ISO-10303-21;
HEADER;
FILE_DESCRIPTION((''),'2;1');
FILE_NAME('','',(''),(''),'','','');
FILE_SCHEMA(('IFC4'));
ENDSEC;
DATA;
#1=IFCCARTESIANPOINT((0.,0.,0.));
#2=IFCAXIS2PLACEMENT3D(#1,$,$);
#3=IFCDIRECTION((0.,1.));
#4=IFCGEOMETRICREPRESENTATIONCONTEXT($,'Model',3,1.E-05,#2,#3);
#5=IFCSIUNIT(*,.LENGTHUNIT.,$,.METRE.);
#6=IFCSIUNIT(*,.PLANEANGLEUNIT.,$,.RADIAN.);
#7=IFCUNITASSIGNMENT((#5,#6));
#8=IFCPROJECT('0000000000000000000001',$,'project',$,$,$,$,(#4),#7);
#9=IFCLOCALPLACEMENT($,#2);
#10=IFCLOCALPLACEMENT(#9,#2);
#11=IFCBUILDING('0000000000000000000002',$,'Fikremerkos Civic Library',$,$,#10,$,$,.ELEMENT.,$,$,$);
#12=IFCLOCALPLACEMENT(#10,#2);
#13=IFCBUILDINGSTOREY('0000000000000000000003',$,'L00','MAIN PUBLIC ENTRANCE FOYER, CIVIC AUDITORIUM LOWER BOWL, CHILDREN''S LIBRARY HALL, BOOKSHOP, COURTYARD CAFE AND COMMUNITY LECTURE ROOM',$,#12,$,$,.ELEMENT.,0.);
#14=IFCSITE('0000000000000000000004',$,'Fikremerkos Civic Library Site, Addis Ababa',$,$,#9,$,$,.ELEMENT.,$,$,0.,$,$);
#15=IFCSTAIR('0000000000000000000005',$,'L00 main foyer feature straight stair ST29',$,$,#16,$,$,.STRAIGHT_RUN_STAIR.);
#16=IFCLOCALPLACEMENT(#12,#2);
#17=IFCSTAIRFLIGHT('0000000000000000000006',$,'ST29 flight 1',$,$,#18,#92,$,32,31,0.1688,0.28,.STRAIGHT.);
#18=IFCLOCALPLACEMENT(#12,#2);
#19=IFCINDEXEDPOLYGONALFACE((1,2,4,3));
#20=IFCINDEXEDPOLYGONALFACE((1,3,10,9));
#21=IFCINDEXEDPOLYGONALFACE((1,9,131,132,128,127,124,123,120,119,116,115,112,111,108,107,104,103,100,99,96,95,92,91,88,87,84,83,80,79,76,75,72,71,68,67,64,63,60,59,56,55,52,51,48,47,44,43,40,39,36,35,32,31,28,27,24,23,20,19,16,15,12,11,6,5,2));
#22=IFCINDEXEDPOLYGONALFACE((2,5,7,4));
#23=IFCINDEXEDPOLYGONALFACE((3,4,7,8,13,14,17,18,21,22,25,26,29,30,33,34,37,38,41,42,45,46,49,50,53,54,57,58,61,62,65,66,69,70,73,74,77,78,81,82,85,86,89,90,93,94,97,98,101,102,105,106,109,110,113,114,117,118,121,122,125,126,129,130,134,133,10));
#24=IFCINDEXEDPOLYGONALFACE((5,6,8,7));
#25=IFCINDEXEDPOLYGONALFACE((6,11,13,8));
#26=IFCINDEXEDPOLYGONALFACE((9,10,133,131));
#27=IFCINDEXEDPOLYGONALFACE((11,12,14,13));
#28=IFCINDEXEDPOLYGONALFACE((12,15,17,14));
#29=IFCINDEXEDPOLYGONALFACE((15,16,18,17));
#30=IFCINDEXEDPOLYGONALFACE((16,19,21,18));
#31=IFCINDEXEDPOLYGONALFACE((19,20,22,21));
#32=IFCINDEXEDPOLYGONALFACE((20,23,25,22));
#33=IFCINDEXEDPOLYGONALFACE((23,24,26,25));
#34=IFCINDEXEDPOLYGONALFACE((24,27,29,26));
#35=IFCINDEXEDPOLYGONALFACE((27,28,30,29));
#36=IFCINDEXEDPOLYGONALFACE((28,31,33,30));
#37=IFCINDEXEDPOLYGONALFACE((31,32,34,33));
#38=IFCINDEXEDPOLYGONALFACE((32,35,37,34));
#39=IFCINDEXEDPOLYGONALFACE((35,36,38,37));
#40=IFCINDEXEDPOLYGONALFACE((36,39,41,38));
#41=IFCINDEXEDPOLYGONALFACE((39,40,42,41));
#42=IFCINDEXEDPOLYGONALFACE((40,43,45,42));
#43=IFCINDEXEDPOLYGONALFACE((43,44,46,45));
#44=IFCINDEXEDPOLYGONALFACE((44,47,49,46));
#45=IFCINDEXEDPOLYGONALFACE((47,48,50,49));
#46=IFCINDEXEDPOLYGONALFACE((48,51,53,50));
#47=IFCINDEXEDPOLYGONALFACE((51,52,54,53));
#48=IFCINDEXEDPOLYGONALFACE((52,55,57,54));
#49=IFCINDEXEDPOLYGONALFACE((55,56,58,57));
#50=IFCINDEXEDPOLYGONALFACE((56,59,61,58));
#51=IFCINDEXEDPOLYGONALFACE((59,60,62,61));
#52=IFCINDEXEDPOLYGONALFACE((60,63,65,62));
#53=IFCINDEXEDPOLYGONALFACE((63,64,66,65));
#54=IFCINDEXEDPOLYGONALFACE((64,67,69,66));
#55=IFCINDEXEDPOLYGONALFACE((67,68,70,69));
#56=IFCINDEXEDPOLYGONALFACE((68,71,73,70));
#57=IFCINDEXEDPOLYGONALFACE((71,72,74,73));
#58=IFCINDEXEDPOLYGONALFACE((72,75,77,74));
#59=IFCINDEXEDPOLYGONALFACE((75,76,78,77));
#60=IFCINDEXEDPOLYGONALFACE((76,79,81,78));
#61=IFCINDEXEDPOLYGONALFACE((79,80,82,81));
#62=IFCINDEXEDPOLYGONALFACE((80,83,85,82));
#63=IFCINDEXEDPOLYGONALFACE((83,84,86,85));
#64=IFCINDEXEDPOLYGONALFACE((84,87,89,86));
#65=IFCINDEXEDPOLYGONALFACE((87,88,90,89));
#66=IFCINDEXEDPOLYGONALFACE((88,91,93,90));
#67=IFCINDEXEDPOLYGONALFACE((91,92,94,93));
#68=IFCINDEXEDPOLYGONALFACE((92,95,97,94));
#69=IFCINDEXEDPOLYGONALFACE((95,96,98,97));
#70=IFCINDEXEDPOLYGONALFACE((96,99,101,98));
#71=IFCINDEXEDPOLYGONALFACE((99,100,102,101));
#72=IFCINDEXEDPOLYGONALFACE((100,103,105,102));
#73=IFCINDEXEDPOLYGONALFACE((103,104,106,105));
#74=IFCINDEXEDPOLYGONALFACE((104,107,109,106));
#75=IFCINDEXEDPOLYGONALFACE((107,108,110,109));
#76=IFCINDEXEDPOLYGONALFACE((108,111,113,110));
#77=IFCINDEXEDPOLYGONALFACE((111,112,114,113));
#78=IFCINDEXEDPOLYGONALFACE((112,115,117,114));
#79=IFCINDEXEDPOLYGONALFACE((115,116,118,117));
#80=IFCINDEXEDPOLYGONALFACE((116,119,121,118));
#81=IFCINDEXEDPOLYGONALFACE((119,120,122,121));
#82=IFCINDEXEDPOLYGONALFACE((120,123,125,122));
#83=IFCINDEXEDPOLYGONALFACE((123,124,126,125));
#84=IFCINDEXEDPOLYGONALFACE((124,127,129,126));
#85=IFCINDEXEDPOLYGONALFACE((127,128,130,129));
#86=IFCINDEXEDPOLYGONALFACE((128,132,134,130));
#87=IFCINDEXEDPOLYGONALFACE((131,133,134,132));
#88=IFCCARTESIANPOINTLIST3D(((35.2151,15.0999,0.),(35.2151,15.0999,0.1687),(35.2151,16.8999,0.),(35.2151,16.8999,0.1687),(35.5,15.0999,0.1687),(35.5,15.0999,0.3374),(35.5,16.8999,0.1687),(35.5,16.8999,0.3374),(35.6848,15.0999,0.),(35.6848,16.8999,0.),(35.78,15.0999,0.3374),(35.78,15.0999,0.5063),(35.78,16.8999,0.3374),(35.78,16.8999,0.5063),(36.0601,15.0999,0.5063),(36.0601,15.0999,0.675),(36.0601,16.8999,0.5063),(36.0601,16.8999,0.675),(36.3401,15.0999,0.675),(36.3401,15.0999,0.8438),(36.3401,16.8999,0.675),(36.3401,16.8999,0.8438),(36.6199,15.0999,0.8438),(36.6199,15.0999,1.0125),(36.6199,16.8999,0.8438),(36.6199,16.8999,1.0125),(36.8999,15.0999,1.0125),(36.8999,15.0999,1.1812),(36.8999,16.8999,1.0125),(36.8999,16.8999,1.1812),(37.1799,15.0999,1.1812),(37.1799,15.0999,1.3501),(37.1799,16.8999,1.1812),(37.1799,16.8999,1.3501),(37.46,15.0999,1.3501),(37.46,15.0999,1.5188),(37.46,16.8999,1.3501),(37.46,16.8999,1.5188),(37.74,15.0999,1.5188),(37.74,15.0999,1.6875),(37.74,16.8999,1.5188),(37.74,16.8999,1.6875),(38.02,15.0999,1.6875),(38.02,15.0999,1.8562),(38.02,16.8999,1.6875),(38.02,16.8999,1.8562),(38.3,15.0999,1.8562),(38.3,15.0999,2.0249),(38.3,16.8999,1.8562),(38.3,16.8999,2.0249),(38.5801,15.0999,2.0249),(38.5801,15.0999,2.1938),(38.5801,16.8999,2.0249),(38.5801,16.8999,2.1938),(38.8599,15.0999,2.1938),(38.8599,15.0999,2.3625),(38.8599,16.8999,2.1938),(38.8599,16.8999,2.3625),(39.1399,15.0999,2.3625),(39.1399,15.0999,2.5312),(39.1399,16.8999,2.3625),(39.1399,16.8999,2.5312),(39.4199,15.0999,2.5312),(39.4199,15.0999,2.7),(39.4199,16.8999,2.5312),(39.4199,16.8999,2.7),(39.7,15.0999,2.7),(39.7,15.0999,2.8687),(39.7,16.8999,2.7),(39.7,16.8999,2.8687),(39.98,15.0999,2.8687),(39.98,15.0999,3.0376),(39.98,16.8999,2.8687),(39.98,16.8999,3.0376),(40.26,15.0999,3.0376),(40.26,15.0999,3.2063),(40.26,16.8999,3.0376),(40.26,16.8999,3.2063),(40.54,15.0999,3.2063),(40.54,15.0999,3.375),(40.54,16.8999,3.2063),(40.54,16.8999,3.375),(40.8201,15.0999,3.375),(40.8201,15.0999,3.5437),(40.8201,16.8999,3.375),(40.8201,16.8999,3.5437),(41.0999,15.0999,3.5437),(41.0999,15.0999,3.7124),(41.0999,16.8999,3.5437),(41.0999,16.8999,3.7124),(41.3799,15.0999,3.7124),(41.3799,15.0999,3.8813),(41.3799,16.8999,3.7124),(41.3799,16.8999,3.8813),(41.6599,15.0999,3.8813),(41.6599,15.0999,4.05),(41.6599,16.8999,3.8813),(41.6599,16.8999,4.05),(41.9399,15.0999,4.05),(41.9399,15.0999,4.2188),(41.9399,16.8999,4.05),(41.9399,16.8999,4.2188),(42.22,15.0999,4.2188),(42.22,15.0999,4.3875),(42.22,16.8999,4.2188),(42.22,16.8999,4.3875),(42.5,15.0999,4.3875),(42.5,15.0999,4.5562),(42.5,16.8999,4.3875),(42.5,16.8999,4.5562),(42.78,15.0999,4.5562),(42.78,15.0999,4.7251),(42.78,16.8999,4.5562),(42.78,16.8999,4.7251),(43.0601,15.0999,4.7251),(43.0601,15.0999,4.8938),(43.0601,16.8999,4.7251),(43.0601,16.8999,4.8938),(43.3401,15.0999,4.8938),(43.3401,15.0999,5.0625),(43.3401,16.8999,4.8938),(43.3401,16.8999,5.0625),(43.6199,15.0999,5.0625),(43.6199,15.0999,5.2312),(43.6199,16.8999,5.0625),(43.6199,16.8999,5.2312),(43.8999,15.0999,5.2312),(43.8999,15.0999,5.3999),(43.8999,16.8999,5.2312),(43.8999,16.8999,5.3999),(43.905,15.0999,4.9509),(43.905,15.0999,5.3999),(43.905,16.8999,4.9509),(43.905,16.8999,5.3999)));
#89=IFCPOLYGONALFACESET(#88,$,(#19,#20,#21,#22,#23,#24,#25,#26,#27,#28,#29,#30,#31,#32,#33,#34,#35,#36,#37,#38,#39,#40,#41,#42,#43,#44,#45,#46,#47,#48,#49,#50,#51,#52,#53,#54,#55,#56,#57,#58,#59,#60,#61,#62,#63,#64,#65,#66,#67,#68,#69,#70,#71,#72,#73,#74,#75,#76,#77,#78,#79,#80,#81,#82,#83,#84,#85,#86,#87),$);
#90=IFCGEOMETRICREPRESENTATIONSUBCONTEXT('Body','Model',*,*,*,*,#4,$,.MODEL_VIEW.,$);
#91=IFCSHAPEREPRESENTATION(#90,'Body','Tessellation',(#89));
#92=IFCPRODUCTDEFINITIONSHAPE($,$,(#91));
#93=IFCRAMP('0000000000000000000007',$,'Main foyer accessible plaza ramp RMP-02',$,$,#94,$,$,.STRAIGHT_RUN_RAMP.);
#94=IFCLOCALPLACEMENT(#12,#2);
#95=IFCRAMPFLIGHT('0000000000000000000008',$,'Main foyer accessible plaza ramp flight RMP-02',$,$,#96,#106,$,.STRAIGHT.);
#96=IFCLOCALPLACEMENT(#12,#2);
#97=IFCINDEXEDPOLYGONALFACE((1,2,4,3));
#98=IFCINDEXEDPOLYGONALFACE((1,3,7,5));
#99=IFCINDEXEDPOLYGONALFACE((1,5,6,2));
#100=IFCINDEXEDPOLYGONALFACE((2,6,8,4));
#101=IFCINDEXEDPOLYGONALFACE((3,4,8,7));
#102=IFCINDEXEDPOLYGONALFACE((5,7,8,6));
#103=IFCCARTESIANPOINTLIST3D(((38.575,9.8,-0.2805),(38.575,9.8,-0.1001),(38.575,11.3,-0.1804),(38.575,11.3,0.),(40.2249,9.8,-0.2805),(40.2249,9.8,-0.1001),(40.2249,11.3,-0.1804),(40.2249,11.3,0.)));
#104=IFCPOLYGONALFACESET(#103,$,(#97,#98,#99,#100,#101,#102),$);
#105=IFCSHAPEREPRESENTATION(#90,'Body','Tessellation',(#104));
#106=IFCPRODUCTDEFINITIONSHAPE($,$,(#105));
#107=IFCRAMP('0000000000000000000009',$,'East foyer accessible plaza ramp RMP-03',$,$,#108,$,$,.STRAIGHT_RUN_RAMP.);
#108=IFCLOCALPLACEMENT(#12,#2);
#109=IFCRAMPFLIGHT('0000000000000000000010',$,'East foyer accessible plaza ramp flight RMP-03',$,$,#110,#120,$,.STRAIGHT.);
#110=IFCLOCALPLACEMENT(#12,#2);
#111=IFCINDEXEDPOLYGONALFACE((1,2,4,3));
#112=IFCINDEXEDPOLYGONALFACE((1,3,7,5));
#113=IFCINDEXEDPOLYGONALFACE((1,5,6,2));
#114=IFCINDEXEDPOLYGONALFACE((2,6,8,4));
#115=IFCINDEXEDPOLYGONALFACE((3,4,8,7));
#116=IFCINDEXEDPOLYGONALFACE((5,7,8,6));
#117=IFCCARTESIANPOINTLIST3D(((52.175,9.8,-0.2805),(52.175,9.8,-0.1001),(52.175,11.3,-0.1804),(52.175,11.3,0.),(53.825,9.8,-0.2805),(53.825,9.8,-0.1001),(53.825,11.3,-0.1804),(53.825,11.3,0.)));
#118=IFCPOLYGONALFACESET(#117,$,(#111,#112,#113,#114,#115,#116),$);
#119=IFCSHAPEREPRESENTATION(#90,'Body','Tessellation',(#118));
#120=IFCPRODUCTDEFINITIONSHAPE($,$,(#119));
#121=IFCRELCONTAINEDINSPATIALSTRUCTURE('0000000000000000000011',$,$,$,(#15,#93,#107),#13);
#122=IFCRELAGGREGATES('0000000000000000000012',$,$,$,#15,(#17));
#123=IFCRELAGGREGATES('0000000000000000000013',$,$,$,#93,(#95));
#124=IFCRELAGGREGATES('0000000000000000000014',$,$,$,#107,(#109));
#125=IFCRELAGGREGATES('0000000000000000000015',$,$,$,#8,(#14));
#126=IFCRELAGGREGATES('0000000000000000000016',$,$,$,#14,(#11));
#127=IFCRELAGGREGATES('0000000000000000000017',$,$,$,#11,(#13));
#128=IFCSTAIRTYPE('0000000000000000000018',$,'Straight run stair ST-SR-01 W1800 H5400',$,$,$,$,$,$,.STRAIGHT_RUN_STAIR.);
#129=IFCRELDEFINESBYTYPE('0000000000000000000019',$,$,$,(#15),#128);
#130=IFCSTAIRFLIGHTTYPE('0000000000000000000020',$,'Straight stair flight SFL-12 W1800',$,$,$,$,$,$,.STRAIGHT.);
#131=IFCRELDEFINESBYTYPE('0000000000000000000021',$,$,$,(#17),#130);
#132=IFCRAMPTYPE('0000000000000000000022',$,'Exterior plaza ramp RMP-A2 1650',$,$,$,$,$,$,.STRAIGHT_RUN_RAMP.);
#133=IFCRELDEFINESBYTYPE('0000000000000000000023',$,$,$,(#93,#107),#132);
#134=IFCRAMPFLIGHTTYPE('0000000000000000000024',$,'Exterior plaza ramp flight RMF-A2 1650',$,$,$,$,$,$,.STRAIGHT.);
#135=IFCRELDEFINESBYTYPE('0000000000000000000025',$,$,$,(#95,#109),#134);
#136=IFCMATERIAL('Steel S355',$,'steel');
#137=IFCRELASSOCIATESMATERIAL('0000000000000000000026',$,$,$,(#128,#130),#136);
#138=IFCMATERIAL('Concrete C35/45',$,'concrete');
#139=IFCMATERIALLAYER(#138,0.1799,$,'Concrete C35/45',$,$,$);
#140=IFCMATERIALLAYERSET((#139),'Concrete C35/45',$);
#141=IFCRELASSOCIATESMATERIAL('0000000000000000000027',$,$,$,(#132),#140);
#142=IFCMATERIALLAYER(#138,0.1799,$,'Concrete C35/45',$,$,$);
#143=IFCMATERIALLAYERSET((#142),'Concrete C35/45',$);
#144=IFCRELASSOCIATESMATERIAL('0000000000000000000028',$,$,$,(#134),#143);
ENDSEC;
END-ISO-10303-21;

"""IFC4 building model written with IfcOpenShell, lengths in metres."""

from ifc_helpers import new_model, si_unit, direction, frame, origin, place, context, subcontext, project, spatial, polyline, outline, extrude, material, layer, layer_set, type_object, element, aggregate, save


model = new_model("IFC4")

# Units and contexts
model_context = context("Model", 3, precision=1e-05, world=origin(), true_north=direction((0.0, 1.0)))
body_context = subcontext(model_context, "Body", "Model", "MODEL_VIEW")
ifc_project = project(units=[si_unit("LENGTHUNIT", "METRE"), si_unit("PLANEANGLEUNIT", "RADIAN")], contexts=[model_context])

# Site, building, storey
site_placement = place(None, origin())
site = spatial("IfcSite", under=ifc_project, at=site_placement, Name="Fikremerkos Civic Library Site, Addis Ababa", CompositionType="ELEMENT", RefElevation=0.0)
building_placement = place(site_placement, origin())
building = spatial("IfcBuilding", under=site, at=building_placement, Name="Fikremerkos Civic Library", CompositionType="ELEMENT")
storey_placement = place(building_placement, origin())
storey = spatial("IfcBuildingStorey", under=building, at=storey_placement, Name="L00", Description="MAIN PUBLIC ENTRANCE FOYER, CIVIC AUDITORIUM LOWER BOWL, CHILDREN'S LIBRARY HALL, BOOKSHOP, COURTYARD CAFE AND COMMUNITY LECTURE ROOM", CompositionType="ELEMENT", Elevation=0.0)

# Shared definitions
ifc_material_1 = material(Name="Concrete C35/45", Category="concrete")

# Shared definitions
ifc_material_2 = material(Name="Steel S355", Category="steel")

# Stair, stair flight
stair_type = type_object("IfcStairType", Name="Straight run stair ST-SR-01 W1800 H5400", PredefinedType="STRAIGHT_RUN_STAIR", material=ifc_material_2)
stair_placement = place(storey_placement, origin())
stair = element("IfcStair", 1, at=stair_placement, inside=storey, type_object=stair_type, Name="L00 main foyer feature straight stair ST29", PredefinedType="STRAIGHT_RUN_STAIR")
stair_flight_type = type_object("IfcStairFlightType", Name="Straight stair flight SFL-12 W1800", PredefinedType="STRAIGHT", material=ifc_material_2)
stair_flight_placement = place(storey_placement, frame((35.22, 16.0, 0.0), z_axis=(0.0, 0.0, 1.0), x_axis=(1.0, 0.0, 0.0)))
stair_flight = element("IfcStairFlight", 2, at=stair_flight_placement, type_object=stair_flight_type, Name="ST29 flight 1", NumberOfRisers=32, NumberOfTreads=31, PredefinedType="STRAIGHT", RiserHeight=0.1688, TreadLength=0.28, context=body_context, shape_type="SweptSolid", body=[
    extrude(outline(polyline([(-0.0049, 0.0), (-0.0049, 0.1687), (0.28, 0.1687), (0.28, 0.3374), (0.5601, 0.3374), (0.5601, 0.5063), (0.8401, 0.5063), (0.8401, 0.675), (1.1201, 0.675), (1.1201, 0.8438), (1.3999, 0.8438), (1.3999, 1.0125), (1.6799, 1.0125), (1.6799, 1.1812), (1.96, 1.1812), (1.96, 1.3501), (2.24, 1.3501), (2.24, 1.5188), (2.52, 1.5188), (2.52, 1.6875), (2.8, 1.6875), (2.8, 1.8562), (3.0801, 1.8562), (3.0801, 2.0249), (3.3601, 2.0249), (3.3601, 2.1938), (3.6399, 2.1938), (3.6399, 2.3625), (3.9199, 2.3625), (3.9199, 2.5312), (4.2, 2.5312), (4.2, 2.7), (4.48, 2.7), (4.48, 2.8687), (4.76, 2.8687), (4.76, 3.0376), (5.04, 3.0376), (5.04, 3.2063), (5.3201, 3.2063), (5.3201, 3.375), (5.6001, 3.375), (5.6001, 3.5437), (5.8799, 3.5437), (5.8799, 3.7124), (6.1599, 3.7124), (6.1599, 3.8813), (6.4399, 3.8813), (6.4399, 4.05), (6.72, 4.05), (6.72, 4.2188), (7.0, 4.2188), (7.0, 4.3875), (7.28, 4.3875), (7.28, 4.5562), (7.5601, 4.5562), (7.5601, 4.7251), (7.8401, 4.7251), (7.8401, 4.8938), (8.1201, 4.8938), (8.1201, 5.0625), (8.3999, 5.0625), (8.3999, 5.2312), (8.6799, 5.2312), (8.6799, 5.3999), (8.6851, 5.3999), (8.6851, 4.9509), (0.4648, 0.0), (-0.0049, 0.0)])), frame((0.0, 0.8999, 0.0), z_axis=(0.0, -1.0, 0.0), x_axis=(1.0, 0.0, 0.0)), (0.0, 0.0, 1.0), 1.8),
])
aggregate(stair, [stair_flight])

# Ramps, ramp flights
ifc_layer_1 = layer(ifc_material_1, 0.1799, Name="Concrete C35/45")
ifc_layer_set_1 = layer_set([ifc_layer_1], Name="Concrete C35/45")
ramp_type = type_object("IfcRampType", Name="Exterior plaza ramp RMP-A2 1650", PredefinedType="STRAIGHT_RUN_RAMP", material=ifc_layer_set_1)
ramp_1_placement = place(storey_placement, origin())
ramp_1 = element("IfcRamp", 3, at=ramp_1_placement, inside=storey, type_object=ramp_type, Name="Main foyer accessible plaza ramp RMP-02", PredefinedType="STRAIGHT_RUN_RAMP")
ifc_layer_2 = layer(ifc_material_1, 0.1799, Name="Concrete C35/45")
ifc_layer_set_2 = layer_set([ifc_layer_2], Name="Concrete C35/45")
ramp_flight_type = type_object("IfcRampFlightType", Name="Exterior plaza ramp flight RMF-A2 1650", PredefinedType="STRAIGHT", material=ifc_layer_set_2)
ramp_flight_1_placement = place(storey_placement, frame((39.3999, 9.8, -0.1001), z_axis=(0.0, 0.0, 1.0), x_axis=(0.0, 1.0, 0.0)))
ramp_flight_1 = element("IfcRampFlight", 4, at=ramp_flight_1_placement, type_object=ramp_flight_type, Name="Main foyer accessible plaza ramp flight RMP-02", PredefinedType="STRAIGHT", context=body_context, shape_type="SweptSolid", body=[
    extrude(outline(polyline([(0.0, 0.0), (1.5, 0.1001), (1.5, -0.0803), (0.0, -0.1804), (0.0, 0.0)])), frame((0.0, 0.825, 0.0), z_axis=(0.0, -1.0, 0.0), x_axis=(1.0, 0.0, 0.0)), (0.0, 0.0, 1.0), 1.6499),
])
aggregate(ramp_1, [ramp_flight_1])
ramp_2_placement = place(storey_placement, origin())
ramp_2 = element("IfcRamp", 5, at=ramp_2_placement, inside=storey, type_object=ramp_type, Name="East foyer accessible plaza ramp RMP-03", PredefinedType="STRAIGHT_RUN_RAMP")
ramp_flight_2_placement = place(storey_placement, frame((53.0, 9.8, -0.1001), z_axis=(0.0, 0.0, 1.0), x_axis=(0.0, 1.0, 0.0)))
ramp_flight_2 = element("IfcRampFlight", 6, at=ramp_flight_2_placement, type_object=ramp_flight_type, Name="East foyer accessible plaza ramp flight RMP-03", PredefinedType="STRAIGHT", context=body_context, shape_type="SweptSolid", body=[
    extrude(outline(polyline([(0.0, 0.0), (1.5, 0.1001), (1.5, -0.0803), (0.0, -0.1804), (0.0, 0.0)])), frame((0.0, 0.825, 0.0), z_axis=(0.0, -1.0, 0.0), x_axis=(1.0, 0.0, 0.0)), (0.0, 0.0, 1.0), 1.6499),
])
aggregate(ramp_2, [ramp_flight_2])

save(model, "model.ifc")
